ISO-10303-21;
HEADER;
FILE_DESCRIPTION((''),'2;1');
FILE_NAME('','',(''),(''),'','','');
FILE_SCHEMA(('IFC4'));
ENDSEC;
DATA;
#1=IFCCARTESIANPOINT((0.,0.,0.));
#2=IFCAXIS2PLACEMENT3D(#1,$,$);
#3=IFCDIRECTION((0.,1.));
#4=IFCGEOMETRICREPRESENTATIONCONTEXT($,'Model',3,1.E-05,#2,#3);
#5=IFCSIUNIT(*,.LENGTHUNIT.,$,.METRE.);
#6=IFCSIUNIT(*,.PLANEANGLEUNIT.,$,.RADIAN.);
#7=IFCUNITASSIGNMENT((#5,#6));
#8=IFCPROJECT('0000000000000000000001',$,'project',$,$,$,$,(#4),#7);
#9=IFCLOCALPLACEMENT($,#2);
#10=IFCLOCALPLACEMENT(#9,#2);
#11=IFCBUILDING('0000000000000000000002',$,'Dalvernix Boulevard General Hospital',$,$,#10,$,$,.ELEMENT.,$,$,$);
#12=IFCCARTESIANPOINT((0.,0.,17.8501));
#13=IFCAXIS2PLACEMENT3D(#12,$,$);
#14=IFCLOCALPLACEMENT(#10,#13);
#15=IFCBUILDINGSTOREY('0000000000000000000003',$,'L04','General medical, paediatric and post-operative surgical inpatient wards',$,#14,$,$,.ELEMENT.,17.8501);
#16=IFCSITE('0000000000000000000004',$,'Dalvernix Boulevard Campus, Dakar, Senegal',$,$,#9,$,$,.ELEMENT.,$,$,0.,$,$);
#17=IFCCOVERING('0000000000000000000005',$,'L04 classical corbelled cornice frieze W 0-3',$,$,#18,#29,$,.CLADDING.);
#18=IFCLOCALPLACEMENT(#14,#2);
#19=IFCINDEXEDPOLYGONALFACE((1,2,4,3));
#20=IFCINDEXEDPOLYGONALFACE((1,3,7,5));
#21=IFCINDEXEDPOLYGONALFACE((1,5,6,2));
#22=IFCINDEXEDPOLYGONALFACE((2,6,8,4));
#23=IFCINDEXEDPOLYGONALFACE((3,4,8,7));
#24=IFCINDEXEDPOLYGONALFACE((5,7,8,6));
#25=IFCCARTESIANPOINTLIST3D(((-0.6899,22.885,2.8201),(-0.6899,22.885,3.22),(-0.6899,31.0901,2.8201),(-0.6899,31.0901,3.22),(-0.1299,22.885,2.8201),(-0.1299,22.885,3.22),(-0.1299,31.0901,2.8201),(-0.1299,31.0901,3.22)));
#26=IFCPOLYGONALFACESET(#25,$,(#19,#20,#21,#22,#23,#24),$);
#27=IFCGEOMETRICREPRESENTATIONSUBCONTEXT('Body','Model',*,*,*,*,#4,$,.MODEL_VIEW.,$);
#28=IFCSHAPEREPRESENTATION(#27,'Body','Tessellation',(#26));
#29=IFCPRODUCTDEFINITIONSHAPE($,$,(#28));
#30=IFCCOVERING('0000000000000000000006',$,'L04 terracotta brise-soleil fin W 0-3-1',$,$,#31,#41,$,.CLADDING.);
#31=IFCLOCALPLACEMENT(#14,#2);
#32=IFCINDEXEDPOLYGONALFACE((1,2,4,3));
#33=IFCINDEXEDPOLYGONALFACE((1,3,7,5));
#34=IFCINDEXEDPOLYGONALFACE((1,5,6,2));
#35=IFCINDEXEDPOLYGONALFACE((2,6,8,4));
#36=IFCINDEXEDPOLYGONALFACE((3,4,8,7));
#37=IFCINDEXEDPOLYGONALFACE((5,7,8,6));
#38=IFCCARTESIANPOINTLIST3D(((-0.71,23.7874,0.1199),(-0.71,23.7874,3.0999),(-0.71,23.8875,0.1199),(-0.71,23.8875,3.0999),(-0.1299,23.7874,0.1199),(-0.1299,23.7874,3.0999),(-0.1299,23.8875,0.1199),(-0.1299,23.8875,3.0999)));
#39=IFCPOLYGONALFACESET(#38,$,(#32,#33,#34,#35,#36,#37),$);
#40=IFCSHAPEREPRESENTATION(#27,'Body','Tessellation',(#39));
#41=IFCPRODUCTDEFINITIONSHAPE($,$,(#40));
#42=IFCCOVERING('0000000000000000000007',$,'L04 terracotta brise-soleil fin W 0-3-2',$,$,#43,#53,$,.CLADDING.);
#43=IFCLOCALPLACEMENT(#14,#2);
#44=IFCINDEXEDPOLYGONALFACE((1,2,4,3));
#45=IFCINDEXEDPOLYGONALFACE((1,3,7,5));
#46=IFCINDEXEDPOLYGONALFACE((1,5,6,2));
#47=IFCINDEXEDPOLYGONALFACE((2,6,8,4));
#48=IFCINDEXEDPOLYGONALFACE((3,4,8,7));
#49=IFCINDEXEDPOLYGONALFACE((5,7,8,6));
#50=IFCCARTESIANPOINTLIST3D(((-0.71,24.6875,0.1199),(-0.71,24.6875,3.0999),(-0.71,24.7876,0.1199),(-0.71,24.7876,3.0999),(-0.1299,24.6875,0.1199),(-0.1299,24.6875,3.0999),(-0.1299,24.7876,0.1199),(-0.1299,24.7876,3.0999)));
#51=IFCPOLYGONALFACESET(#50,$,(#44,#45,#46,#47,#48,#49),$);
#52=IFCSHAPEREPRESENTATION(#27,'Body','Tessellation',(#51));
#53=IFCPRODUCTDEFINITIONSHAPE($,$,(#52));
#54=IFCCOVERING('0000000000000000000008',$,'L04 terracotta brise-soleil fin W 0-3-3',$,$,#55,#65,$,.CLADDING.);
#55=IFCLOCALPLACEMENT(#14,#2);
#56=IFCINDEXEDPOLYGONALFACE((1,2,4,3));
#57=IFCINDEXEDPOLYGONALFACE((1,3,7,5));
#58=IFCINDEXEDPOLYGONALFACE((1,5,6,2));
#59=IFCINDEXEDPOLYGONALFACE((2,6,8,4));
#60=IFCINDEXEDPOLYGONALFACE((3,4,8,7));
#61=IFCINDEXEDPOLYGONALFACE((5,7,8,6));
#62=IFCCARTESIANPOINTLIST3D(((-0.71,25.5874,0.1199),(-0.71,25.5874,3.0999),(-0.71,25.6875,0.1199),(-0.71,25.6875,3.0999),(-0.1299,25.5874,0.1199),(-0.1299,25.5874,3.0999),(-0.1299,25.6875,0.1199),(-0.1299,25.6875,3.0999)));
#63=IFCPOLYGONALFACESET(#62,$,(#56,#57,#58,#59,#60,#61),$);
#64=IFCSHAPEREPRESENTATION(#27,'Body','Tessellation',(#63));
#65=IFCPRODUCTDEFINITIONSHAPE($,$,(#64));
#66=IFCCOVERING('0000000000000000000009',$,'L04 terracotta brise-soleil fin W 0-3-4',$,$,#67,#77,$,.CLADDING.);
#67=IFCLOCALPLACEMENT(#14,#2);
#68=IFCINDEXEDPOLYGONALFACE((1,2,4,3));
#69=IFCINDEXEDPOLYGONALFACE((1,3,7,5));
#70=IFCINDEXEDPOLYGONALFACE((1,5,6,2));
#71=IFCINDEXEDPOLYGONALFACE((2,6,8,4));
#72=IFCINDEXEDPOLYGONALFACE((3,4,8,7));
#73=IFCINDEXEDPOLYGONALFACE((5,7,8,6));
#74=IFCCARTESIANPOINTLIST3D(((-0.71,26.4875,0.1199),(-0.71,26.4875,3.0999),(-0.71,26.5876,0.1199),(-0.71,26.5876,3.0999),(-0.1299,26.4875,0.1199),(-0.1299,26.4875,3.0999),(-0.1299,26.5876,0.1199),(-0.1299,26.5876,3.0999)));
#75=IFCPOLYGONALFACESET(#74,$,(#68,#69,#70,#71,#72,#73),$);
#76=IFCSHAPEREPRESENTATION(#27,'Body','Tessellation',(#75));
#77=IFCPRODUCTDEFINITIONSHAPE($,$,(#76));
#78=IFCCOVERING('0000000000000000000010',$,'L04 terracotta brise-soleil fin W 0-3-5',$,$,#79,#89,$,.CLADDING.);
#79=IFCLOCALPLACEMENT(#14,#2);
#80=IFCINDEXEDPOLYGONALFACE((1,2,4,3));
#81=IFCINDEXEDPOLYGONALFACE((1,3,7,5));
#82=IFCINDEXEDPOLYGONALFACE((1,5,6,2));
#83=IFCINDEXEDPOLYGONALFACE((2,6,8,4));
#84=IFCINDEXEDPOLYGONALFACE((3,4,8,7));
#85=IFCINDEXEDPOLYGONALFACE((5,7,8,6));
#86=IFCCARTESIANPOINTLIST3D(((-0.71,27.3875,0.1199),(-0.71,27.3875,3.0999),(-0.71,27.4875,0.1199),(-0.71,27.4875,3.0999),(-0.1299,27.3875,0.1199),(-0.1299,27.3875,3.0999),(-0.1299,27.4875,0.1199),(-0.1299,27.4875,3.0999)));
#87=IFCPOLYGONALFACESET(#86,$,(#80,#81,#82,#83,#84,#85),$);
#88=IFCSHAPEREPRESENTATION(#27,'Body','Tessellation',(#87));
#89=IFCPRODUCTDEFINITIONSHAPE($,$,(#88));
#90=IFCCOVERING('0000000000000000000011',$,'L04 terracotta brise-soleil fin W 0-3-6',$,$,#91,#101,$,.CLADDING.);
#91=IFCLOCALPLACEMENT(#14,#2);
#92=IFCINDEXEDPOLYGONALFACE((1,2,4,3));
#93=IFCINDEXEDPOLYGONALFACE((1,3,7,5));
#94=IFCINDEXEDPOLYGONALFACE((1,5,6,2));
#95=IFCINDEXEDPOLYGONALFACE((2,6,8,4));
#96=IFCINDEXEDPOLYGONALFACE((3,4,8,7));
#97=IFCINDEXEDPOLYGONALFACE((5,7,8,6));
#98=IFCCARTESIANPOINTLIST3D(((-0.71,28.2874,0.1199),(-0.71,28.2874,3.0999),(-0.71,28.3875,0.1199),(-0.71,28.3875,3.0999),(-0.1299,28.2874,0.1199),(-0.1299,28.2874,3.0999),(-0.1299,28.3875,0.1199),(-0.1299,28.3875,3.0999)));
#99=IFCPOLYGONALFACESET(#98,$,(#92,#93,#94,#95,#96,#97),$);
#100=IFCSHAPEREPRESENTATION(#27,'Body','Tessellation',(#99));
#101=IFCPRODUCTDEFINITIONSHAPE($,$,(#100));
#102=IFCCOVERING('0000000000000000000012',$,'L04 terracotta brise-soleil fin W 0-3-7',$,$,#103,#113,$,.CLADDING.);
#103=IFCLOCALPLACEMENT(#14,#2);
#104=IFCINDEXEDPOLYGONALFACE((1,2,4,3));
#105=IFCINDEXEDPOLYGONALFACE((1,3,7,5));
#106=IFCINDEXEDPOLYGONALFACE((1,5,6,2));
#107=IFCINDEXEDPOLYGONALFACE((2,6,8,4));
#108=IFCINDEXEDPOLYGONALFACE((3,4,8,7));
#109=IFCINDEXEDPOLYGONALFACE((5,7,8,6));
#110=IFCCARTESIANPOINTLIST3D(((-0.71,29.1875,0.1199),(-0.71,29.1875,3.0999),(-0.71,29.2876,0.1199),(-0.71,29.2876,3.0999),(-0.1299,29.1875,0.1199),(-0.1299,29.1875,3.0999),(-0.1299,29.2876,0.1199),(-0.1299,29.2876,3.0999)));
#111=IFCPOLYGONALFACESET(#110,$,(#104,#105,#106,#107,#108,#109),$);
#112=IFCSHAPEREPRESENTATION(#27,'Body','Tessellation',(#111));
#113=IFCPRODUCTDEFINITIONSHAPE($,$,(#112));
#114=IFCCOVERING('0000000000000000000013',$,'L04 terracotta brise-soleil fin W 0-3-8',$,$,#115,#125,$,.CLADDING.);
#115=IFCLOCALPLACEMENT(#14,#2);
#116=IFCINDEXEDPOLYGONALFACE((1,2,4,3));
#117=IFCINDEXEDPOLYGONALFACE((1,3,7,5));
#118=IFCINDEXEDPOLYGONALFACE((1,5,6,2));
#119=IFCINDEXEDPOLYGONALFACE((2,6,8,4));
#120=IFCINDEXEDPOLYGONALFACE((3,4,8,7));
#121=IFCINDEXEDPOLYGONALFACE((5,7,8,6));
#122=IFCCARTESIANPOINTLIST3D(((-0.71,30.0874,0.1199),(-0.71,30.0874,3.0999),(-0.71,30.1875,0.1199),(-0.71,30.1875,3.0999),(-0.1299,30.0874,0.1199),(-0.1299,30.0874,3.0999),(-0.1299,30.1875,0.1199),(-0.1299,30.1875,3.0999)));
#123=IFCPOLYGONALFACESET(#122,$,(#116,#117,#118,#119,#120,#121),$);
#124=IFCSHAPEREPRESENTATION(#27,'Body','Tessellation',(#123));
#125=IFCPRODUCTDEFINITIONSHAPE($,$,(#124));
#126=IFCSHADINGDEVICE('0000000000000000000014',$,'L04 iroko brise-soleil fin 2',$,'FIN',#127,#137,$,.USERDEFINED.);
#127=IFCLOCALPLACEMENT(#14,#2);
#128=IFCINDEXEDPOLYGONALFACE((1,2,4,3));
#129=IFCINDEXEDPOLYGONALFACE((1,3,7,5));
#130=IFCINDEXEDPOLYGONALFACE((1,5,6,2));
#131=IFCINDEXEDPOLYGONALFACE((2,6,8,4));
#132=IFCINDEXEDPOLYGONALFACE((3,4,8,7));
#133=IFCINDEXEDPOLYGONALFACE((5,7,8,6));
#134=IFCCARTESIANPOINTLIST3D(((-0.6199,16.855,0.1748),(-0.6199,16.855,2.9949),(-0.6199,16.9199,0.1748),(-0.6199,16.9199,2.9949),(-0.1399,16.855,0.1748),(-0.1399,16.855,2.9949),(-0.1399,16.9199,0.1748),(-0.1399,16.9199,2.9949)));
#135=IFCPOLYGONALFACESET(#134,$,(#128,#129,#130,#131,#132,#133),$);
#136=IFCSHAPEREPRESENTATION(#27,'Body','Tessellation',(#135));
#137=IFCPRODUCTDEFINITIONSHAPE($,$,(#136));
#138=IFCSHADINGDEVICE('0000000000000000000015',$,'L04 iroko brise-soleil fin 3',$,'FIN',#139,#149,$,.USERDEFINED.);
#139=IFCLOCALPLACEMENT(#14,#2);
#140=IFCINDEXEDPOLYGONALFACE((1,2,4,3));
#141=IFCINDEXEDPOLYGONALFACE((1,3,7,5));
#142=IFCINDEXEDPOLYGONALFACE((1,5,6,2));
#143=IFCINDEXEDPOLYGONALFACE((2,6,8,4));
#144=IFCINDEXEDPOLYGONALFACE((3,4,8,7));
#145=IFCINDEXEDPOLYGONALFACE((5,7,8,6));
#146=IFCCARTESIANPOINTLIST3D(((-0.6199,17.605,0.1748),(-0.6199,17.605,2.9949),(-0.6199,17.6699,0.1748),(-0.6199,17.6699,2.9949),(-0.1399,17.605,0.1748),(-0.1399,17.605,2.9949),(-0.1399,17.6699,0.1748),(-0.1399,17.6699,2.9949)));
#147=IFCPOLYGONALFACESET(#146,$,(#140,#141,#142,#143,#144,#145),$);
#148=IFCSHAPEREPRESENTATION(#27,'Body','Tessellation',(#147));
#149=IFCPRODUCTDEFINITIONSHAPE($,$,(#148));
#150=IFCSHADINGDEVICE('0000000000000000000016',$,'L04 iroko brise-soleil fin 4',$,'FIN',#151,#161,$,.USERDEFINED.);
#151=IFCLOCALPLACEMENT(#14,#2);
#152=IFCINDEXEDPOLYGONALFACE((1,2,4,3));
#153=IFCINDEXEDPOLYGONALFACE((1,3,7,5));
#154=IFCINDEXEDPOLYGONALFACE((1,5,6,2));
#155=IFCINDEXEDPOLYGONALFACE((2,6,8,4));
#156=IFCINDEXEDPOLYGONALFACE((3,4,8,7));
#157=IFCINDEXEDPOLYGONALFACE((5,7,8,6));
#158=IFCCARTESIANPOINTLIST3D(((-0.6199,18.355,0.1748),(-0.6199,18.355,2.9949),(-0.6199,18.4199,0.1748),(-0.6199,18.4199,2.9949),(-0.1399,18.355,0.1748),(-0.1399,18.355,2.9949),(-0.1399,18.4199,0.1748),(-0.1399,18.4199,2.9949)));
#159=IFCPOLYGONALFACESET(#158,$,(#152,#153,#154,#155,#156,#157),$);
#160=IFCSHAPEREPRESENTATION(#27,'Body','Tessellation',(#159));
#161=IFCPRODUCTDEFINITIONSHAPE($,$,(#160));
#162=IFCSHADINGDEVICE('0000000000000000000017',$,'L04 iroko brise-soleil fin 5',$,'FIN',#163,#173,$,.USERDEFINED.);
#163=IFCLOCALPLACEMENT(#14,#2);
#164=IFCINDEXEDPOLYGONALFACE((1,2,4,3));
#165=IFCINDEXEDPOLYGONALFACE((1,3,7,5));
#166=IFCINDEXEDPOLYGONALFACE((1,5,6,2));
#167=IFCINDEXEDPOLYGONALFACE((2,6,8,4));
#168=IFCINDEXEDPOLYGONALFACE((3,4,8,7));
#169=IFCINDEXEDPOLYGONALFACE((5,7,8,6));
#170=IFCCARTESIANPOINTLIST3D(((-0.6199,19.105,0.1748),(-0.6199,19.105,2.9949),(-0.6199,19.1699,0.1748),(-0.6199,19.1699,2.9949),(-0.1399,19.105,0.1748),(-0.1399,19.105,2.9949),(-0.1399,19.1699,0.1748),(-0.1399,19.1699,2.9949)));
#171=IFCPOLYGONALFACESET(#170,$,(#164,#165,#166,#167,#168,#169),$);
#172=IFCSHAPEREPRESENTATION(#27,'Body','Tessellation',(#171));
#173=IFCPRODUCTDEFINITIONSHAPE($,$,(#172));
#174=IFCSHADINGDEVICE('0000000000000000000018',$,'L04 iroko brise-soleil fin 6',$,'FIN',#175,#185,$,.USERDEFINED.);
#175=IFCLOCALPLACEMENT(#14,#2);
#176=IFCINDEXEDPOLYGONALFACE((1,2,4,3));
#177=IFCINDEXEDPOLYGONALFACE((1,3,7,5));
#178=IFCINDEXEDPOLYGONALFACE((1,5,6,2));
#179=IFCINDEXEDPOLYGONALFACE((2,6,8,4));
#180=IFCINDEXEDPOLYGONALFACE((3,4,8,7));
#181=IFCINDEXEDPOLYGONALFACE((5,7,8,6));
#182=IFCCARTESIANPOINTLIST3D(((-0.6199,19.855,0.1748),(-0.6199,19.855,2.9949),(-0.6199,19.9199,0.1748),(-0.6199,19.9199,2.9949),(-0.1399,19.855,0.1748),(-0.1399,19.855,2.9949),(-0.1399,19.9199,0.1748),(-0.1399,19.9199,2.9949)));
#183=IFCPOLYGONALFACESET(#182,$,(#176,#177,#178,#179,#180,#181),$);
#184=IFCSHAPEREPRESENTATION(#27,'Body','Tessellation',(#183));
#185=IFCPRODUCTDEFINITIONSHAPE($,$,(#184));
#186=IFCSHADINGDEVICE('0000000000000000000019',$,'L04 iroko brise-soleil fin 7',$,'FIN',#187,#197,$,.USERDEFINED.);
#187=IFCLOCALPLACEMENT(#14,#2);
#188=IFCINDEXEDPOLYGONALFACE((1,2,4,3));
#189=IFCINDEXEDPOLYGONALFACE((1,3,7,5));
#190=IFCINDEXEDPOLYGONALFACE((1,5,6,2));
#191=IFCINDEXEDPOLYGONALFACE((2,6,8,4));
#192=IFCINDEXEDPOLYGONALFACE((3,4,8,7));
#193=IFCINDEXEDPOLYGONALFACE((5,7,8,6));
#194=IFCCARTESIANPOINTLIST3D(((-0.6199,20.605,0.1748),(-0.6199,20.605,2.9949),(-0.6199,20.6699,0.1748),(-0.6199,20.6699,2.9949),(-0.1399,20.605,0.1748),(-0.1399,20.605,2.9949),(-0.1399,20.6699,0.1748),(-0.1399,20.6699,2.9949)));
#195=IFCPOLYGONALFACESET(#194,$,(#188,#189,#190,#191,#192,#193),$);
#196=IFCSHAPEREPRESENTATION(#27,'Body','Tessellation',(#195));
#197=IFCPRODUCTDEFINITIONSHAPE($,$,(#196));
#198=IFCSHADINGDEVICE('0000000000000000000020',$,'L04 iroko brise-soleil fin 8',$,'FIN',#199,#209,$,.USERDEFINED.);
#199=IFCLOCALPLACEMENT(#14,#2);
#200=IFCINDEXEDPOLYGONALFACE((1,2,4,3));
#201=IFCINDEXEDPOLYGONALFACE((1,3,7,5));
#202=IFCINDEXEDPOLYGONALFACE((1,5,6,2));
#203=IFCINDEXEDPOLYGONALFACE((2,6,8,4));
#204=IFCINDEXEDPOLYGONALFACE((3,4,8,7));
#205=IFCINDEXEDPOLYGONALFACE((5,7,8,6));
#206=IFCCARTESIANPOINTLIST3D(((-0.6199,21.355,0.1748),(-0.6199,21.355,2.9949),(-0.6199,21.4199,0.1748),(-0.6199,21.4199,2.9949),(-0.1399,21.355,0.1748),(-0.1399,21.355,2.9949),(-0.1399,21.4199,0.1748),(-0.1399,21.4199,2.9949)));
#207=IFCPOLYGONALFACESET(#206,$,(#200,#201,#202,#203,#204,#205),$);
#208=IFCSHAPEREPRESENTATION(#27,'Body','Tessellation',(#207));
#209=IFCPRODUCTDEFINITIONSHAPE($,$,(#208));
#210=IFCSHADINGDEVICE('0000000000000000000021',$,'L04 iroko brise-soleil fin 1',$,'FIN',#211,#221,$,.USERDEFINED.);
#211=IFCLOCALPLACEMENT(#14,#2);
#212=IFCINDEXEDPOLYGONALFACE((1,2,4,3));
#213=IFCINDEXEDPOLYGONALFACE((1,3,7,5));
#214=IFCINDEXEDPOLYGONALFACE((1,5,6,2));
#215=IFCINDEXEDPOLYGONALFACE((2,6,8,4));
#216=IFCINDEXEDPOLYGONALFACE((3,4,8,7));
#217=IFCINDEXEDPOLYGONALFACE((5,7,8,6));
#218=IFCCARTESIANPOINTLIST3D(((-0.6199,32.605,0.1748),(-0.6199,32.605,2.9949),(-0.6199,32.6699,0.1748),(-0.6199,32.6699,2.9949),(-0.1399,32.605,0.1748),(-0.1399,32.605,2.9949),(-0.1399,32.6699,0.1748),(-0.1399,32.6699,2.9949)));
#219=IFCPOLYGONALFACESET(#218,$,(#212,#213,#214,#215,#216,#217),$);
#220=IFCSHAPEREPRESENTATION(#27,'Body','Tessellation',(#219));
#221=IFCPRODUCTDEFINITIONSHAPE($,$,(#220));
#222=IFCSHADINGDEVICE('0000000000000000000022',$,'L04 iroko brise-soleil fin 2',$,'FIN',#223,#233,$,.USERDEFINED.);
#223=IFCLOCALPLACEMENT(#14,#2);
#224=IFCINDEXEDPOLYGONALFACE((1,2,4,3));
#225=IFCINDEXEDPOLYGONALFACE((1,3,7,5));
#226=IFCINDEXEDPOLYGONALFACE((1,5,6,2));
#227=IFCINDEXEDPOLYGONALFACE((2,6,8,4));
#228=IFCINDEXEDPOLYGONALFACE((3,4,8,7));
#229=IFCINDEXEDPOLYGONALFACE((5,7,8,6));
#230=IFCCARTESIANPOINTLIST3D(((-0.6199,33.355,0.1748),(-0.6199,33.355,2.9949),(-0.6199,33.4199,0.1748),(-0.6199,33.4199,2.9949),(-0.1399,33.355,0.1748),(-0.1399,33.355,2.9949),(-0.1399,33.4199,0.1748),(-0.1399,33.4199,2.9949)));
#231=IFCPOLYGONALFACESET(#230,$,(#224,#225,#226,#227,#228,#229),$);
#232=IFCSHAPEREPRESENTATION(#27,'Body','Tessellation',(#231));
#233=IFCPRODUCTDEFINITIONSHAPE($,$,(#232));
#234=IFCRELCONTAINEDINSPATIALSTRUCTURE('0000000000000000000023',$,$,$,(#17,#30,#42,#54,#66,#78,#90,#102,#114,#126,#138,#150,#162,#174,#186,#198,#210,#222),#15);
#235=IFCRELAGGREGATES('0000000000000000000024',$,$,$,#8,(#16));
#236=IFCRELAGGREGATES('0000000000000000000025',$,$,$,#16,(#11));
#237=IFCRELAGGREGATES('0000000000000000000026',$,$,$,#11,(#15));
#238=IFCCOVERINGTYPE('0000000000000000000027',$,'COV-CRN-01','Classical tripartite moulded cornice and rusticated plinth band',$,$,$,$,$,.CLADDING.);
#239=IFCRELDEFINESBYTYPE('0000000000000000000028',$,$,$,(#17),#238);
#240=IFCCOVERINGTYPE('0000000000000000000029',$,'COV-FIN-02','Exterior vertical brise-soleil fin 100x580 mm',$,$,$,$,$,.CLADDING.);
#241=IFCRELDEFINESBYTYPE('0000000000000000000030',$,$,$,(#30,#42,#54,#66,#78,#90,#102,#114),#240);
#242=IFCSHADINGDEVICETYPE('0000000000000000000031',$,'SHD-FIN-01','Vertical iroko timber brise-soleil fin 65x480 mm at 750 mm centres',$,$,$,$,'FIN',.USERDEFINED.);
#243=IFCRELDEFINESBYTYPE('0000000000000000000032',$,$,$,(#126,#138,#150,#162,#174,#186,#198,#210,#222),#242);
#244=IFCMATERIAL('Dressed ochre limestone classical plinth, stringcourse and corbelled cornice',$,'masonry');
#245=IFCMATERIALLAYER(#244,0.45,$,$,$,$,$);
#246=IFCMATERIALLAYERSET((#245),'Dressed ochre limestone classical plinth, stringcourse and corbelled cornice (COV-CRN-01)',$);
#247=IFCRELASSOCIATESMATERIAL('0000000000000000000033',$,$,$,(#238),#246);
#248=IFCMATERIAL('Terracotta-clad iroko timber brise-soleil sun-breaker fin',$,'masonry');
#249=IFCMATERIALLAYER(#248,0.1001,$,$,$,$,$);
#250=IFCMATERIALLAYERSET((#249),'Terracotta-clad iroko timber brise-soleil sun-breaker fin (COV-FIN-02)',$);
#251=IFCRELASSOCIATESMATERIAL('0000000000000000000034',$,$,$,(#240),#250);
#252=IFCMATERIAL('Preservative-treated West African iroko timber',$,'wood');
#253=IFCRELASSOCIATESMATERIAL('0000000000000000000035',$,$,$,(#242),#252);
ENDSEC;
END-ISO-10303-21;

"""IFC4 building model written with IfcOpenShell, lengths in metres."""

from ifc_helpers import new_model, si_unit, direction, frame, origin, origin_2d, place, context, subcontext, project, spatial, rectangle, extrude, material, layer, layer_set, type_object, element, save


model = new_model("IFC4")

# Units and contexts
model_context = context("Model", 3, precision=1e-05, world=origin(), true_north=direction((0.0, 1.0)))
body_context = subcontext(model_context, "Body", "Model", "MODEL_VIEW")
ifc_project = project(units=[si_unit("LENGTHUNIT", "METRE"), si_unit("PLANEANGLEUNIT", "RADIAN")], contexts=[model_context])

# Site, building, storey
site_placement = place(None, origin())
site = spatial("IfcSite", under=ifc_project, at=site_placement, Name="Dalvernix Boulevard Campus, Dakar, Senegal", CompositionType="ELEMENT", RefElevation=0.0)
building_placement = place(site_placement, origin())
building = spatial("IfcBuilding", under=site, at=building_placement, Name="Dalvernix Boulevard General Hospital", CompositionType="ELEMENT")
storey_placement = place(building_placement, frame((0.0, 0.0, 17.8501)))
storey = spatial("IfcBuildingStorey", under=building, at=storey_placement, Name="L04", Description="General medical, paediatric and post-operative surgical inpatient wards", CompositionType="ELEMENT", Elevation=17.8501)

# Coverings
ifc_material_1 = material(Name="Dressed ochre limestone classical plinth, stringcourse and corbelled cornice", Category="masonry")
ifc_layer_1 = layer(ifc_material_1, 0.45)
ifc_layer_set_1 = layer_set([ifc_layer_1], Name="Dressed ochre limestone classical plinth, stringcourse and corbelled cornice (COV-CRN-01)")
covering_type_1 = type_object("IfcCoveringType", Name="COV-CRN-01", Description="Classical tripartite moulded cornice and rusticated plinth band", PredefinedType="CLADDING", material=ifc_layer_set_1)
covering_1_placement = place(storey_placement, frame((-0.4099, 26.9875, 2.8201), z_axis=(0.0, 0.0, 1.0), x_axis=(0.0, 1.0, 0.0)))
element("IfcCovering", 1, at=covering_1_placement, inside=storey, type_object=covering_type_1, Name="L04 classical corbelled cornice frieze W 0-3", PredefinedType="CLADDING", context=body_context, shape_type="SweptSolid", body=[
    extrude(rectangle(XDim=8.2051, YDim=0.5601, at=origin_2d()), origin(), (0.0, 0.0, 1.0), 0.3999),
])
ifc_material_2 = material(Name="Terracotta-clad iroko timber brise-soleil sun-breaker fin", Category="masonry")
ifc_layer_2 = layer(ifc_material_2, 0.1001)
ifc_layer_set_2 = layer_set([ifc_layer_2], Name="Terracotta-clad iroko timber brise-soleil sun-breaker fin (COV-FIN-02)")
covering_type_2 = type_object("IfcCoveringType", Name="COV-FIN-02", Description="Exterior vertical brise-soleil fin 100x580 mm", PredefinedType="CLADDING", material=ifc_layer_set_2)
for number, where, z_axis, x_axis, name in (
    (2, (-0.4199, 23.8374, 0.1199), (0.0, 0.0, 1.0), (0.0, 1.0, 0.0), "L04 terracotta brise-soleil fin W 0-3-1"),
    (3, (-0.4199, 24.7375, 0.1199), (0.0, 0.0, 1.0), (0.0, 1.0, 0.0), "L04 terracotta brise-soleil fin W 0-3-2"),
    (4, (-0.4199, 25.6375, 0.1199), (0.0, 0.0, 1.0), (0.0, 1.0, 0.0), "L04 terracotta brise-soleil fin W 0-3-3"),
    (5, (-0.4199, 26.5376, 0.1199), (0.0, 0.0, 1.0), (0.0, 1.0, 0.0), "L04 terracotta brise-soleil fin W 0-3-4"),
    (6, (-0.4199, 27.4375, 0.1199), (0.0, 0.0, 1.0), (0.0, 1.0, 0.0), "L04 terracotta brise-soleil fin W 0-3-5"),
    (7, (-0.4199, 28.3374, 0.1199), (0.0, 0.0, 1.0), (0.0, 1.0, 0.0), "L04 terracotta brise-soleil fin W 0-3-6"),
    (8, (-0.4199, 29.2375, 0.1199), (0.0, 0.0, 1.0), (0.0, 1.0, 0.0), "L04 terracotta brise-soleil fin W 0-3-7"),
    (9, (-0.4199, 30.1375, 0.1199), (0.0, 0.0, 1.0), (0.0, 1.0, 0.0), "L04 terracotta brise-soleil fin W 0-3-8"),
):
    element("IfcCovering", number, at=place(storey_placement, frame(where, z_axis=z_axis, x_axis=x_axis)), inside=storey, type_object=covering_type_2, Name=name, PredefinedType="CLADDING", context=body_context, shape_type="SweptSolid", body=[
        extrude(rectangle(XDim=0.1001, YDim=0.5801, at=origin_2d()), origin(), (0.0, 0.0, 1.0), 2.98),
    ])

# Shading devices
ifc_material_3 = material(Name="Preservative-treated West African iroko timber", Category="wood")
shading_device_type = type_object("IfcShadingDeviceType", Name="SHD-FIN-01", Description="Vertical iroko timber brise-soleil fin 65x480 mm at 750 mm centres", ElementType="FIN", PredefinedType="USERDEFINED", material=ifc_material_3)
for number, where, z_axis, x_axis, name in (
    (10, (-0.3799, 16.8875, 0.1748), (0.0, 0.0, 1.0), (0.0, 1.0, 0.0), "L04 iroko brise-soleil fin 2"),
    (11, (-0.3799, 17.6375, 0.1748), (0.0, 0.0, 1.0), (0.0, 1.0, 0.0), "L04 iroko brise-soleil fin 3"),
    (12, (-0.3799, 18.3875, 0.1748), (0.0, 0.0, 1.0), (0.0, 1.0, 0.0), "L04 iroko brise-soleil fin 4"),
    (13, (-0.3799, 19.1375, 0.1748), (0.0, 0.0, 1.0), (0.0, 1.0, 0.0), "L04 iroko brise-soleil fin 5"),
    (14, (-0.3799, 19.8875, 0.1748), (0.0, 0.0, 1.0), (0.0, 1.0, 0.0), "L04 iroko brise-soleil fin 6"),
    (15, (-0.3799, 20.6375, 0.1748), (0.0, 0.0, 1.0), (0.0, 1.0, 0.0), "L04 iroko brise-soleil fin 7"),
    (16, (-0.3799, 21.3875, 0.1748), (0.0, 0.0, 1.0), (0.0, 1.0, 0.0), "L04 iroko brise-soleil fin 8"),
    (17, (-0.3799, 32.6375, 0.1748), (0.0, 0.0, 1.0), (0.0, 1.0, 0.0), "L04 iroko brise-soleil fin 1"),
    (18, (-0.3799, 33.3875, 0.1748), (0.0, 0.0, 1.0), (0.0, 1.0, 0.0), "L04 iroko brise-soleil fin 2"),
):
    element("IfcShadingDevice", number, at=place(storey_placement, frame(where, z_axis=z_axis, x_axis=x_axis)), inside=storey, type_object=shading_device_type, Name=name, ObjectType="FIN", PredefinedType="USERDEFINED", context=body_context, shape_type="SweptSolid", body=[
        extrude(rectangle(XDim=0.0649, YDim=0.48, at=origin_2d()), origin(), (0.0, 0.0, 1.0), 2.8201),
    ])

save(model, "model.ifc")
